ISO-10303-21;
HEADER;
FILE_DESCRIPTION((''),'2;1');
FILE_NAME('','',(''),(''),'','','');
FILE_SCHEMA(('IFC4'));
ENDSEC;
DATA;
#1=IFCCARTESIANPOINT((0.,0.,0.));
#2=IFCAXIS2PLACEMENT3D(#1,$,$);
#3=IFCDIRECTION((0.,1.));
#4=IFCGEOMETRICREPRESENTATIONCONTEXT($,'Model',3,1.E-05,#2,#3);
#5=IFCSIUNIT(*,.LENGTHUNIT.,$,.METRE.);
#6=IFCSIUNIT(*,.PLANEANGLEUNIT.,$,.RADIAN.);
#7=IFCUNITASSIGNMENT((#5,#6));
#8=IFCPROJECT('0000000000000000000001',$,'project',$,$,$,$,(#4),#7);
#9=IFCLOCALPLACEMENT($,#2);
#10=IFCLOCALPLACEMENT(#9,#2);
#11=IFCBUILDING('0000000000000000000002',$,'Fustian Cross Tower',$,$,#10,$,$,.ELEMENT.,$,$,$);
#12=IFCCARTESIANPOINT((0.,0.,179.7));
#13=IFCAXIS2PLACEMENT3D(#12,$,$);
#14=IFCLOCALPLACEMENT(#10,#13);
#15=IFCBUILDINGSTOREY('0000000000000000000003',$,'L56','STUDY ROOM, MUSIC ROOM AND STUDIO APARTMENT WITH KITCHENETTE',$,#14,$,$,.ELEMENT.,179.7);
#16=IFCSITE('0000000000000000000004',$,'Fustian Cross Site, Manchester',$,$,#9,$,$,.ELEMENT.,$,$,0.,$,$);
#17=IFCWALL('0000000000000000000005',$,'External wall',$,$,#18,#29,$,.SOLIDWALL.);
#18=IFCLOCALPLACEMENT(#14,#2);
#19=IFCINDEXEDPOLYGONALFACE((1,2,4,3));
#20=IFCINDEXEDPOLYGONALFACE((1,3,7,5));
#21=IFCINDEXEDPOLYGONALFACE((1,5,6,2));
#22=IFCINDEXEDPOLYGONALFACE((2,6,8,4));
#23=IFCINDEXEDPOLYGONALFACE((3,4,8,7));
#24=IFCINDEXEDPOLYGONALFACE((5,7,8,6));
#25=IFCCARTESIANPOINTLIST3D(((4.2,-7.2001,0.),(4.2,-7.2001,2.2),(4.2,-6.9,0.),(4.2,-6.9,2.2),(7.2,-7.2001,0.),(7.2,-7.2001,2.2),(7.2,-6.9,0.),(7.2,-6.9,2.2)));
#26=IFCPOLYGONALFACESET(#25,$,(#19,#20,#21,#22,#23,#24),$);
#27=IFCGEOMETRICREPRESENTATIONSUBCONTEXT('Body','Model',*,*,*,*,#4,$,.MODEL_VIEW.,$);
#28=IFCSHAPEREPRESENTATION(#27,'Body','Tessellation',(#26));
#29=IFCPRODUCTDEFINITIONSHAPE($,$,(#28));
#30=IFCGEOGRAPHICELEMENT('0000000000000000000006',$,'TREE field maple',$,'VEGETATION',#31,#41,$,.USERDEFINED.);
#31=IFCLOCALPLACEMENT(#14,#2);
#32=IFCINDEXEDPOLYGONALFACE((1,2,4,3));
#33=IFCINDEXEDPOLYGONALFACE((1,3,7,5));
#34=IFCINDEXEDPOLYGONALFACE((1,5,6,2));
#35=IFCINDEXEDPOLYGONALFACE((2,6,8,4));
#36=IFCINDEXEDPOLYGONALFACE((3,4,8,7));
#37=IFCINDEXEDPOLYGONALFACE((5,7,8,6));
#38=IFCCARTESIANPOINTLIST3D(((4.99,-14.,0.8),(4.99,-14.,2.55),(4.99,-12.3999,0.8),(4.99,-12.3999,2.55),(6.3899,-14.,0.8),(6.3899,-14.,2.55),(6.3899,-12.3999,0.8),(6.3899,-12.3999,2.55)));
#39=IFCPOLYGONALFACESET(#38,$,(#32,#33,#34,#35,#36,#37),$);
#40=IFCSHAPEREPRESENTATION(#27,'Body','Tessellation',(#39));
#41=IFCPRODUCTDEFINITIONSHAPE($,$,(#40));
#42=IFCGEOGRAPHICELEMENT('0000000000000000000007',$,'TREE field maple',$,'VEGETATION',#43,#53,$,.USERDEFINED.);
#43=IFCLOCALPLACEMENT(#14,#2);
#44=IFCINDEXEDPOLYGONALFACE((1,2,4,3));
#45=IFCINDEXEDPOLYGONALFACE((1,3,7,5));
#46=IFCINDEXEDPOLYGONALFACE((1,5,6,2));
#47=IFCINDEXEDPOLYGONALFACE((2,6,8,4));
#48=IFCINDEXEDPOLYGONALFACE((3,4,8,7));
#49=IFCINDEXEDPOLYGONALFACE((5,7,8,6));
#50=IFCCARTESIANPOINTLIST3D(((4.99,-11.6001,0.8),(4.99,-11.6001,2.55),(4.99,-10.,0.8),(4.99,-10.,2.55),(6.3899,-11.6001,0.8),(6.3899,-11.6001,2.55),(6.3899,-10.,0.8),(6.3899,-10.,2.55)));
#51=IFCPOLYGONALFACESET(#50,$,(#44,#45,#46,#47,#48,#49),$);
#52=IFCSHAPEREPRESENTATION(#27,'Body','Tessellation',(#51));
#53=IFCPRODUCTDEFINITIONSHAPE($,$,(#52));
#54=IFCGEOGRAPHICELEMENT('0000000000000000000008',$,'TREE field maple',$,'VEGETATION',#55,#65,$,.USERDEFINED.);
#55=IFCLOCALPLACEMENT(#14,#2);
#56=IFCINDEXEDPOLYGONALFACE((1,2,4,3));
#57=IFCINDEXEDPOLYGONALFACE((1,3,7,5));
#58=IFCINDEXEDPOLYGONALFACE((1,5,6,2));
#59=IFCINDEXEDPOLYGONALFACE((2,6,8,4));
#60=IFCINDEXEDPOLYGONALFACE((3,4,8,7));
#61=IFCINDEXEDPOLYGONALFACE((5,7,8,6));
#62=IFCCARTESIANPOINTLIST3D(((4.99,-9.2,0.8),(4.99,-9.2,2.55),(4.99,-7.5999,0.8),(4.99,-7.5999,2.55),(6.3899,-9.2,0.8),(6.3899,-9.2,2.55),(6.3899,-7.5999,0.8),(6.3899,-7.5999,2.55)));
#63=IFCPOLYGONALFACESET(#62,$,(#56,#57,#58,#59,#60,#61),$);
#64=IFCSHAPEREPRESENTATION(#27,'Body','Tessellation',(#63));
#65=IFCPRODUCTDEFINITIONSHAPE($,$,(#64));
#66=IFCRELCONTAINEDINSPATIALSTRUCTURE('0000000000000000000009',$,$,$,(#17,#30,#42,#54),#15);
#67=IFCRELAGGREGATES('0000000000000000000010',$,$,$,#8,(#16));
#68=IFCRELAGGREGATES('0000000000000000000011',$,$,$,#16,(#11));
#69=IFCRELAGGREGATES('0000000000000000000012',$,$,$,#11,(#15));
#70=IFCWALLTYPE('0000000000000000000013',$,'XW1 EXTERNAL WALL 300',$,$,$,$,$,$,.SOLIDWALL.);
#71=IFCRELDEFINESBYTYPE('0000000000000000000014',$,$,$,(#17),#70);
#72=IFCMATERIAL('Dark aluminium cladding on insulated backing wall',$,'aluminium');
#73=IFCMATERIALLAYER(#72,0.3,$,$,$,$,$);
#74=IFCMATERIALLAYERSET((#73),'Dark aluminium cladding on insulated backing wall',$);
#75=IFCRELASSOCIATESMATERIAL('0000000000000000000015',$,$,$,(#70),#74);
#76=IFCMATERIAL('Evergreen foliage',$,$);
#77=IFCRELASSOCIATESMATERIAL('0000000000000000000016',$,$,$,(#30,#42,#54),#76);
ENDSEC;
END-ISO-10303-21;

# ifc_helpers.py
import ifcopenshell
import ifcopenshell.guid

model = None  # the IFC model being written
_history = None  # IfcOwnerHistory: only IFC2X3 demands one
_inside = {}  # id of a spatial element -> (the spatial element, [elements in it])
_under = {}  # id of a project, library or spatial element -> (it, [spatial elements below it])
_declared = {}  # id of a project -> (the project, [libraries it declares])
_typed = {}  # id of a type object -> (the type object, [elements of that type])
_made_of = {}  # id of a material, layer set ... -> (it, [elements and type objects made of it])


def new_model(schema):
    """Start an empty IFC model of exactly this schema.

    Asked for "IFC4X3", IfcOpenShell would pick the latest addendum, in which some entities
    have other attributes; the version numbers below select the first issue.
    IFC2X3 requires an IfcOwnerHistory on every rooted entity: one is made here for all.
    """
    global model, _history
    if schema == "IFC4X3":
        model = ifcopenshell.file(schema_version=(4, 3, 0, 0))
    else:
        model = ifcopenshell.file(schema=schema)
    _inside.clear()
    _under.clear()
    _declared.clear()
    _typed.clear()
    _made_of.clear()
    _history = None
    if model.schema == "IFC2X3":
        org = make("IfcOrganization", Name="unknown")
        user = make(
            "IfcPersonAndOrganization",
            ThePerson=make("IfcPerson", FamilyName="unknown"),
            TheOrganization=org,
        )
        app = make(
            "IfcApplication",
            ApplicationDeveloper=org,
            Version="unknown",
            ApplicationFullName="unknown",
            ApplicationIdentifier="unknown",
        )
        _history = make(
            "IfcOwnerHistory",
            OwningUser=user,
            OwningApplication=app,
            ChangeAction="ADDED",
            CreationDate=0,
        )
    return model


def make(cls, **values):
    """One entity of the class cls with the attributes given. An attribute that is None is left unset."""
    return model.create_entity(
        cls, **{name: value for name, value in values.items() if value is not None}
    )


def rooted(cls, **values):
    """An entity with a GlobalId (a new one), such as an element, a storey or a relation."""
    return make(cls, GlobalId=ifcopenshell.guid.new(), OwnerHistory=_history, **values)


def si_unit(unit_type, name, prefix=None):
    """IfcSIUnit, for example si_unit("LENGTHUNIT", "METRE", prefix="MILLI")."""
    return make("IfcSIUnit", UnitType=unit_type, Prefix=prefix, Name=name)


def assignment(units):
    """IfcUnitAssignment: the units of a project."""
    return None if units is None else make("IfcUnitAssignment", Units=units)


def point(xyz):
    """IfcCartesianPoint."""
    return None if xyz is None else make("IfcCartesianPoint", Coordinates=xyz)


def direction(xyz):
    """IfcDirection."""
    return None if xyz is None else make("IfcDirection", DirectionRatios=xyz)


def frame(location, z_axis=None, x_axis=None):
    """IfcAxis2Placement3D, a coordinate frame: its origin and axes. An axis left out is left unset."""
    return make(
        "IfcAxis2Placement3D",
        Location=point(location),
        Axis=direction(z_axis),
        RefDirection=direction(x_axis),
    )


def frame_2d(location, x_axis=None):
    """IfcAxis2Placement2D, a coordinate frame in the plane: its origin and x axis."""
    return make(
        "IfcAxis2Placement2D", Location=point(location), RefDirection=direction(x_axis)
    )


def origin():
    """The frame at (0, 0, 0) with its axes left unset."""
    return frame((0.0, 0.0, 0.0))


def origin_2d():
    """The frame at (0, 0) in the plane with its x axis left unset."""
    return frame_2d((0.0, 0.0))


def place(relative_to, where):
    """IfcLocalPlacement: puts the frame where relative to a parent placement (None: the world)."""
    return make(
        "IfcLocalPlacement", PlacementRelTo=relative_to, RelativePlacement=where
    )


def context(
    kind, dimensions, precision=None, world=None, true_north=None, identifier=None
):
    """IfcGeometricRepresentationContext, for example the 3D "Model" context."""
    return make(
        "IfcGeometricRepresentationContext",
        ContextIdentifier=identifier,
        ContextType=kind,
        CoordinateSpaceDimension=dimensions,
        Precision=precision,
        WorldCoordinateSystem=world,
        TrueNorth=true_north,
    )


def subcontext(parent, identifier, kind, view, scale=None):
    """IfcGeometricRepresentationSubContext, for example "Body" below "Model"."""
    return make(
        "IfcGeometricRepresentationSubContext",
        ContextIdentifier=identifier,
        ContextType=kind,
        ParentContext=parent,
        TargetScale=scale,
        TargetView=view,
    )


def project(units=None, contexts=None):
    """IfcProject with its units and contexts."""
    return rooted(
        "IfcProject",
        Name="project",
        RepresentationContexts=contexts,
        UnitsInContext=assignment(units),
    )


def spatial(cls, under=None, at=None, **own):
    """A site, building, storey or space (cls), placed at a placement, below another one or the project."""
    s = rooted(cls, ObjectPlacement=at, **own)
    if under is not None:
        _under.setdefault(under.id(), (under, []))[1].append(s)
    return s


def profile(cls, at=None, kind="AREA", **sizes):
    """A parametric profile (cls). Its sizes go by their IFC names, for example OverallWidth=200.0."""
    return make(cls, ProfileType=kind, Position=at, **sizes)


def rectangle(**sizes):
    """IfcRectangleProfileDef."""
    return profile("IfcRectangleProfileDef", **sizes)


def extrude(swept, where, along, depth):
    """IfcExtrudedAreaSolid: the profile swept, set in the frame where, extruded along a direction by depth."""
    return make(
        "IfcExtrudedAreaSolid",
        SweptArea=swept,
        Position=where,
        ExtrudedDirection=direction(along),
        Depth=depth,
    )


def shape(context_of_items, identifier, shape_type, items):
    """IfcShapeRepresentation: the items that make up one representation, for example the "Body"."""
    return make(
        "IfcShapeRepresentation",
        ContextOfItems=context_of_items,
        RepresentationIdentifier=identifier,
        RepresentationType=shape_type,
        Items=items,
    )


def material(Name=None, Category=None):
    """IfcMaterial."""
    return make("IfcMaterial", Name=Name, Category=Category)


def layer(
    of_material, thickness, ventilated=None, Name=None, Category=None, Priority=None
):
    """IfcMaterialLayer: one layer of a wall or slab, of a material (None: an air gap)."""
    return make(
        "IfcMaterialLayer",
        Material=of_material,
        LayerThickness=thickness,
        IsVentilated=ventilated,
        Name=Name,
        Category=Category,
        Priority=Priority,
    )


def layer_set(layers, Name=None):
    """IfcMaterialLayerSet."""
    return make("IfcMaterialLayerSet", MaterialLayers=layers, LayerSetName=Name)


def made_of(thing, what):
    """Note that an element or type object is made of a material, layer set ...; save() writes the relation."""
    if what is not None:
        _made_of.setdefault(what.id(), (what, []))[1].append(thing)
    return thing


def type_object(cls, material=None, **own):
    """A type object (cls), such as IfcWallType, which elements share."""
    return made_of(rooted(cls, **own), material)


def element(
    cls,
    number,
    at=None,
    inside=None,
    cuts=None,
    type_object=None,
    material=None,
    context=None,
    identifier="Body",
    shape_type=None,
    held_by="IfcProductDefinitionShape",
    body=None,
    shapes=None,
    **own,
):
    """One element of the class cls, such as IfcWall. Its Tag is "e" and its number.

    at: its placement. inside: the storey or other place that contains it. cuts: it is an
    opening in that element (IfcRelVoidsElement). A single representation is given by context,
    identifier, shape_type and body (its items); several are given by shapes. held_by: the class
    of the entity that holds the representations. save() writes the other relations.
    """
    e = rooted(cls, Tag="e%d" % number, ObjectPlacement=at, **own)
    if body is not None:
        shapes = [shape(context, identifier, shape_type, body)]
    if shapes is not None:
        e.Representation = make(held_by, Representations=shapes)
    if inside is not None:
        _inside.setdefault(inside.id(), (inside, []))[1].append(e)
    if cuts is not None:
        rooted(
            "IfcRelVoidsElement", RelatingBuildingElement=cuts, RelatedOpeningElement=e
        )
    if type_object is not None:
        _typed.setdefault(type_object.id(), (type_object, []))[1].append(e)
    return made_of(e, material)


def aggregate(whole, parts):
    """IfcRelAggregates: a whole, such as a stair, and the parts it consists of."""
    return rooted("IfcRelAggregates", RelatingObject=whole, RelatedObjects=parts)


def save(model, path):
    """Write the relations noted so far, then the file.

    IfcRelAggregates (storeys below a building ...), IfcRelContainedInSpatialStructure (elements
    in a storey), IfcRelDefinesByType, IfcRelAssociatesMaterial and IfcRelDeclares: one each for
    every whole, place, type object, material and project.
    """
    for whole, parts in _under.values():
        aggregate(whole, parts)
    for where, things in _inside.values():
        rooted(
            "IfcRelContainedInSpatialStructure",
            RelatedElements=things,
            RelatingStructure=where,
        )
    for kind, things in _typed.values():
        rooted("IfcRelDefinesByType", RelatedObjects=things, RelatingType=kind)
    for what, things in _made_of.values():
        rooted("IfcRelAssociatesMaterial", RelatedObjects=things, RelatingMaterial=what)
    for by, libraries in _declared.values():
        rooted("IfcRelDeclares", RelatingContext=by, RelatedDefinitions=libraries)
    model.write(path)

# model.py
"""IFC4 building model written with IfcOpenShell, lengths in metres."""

from ifc_helpers import new_model, si_unit, direction, frame, frame_2d, origin, origin_2d, place, context, subcontext, project, spatial, rectangle, extrude, material, layer, layer_set, type_object, element, save


model = new_model("IFC4")

# Units and contexts
model_context = context("Model", 3, precision=1e-05, world=origin(), true_north=direction((0.0, 1.0)))
body_context = subcontext(model_context, "Body", "Model", "MODEL_VIEW")
ifc_project = project(units=[si_unit("LENGTHUNIT", "METRE"), si_unit("PLANEANGLEUNIT", "RADIAN")], contexts=[model_context])

# Site, building, storey
site_placement = place(None, origin())
site = spatial("IfcSite", under=ifc_project, at=site_placement, Name="Fustian Cross Site, Manchester", CompositionType="ELEMENT", RefElevation=0.0)
building_placement = place(site_placement, origin())
building = spatial("IfcBuilding", under=site, at=building_placement, Name="Fustian Cross Tower", CompositionType="ELEMENT")
storey_placement = place(building_placement, frame((0.0, 0.0, 179.7)))
storey = spatial("IfcBuildingStorey", under=building, at=storey_placement, Name="L56", Description="STUDY ROOM, MUSIC ROOM AND STUDIO APARTMENT WITH KITCHENETTE", CompositionType="ELEMENT", Elevation=179.7)

# Shared definitions
ifc_material_1 = material(Name="Dark aluminium cladding on insulated backing wall", Category="aluminium")
ifc_layer_1 = layer(ifc_material_1, 0.3)
ifc_layer_set_1 = layer_set([ifc_layer_1], Name="Dark aluminium cladding on insulated backing wall")
wall_type_1 = type_object("IfcWallType", Name="XW1 EXTERNAL WALL 300", PredefinedType="SOLIDWALL", material=ifc_layer_set_1)

# Wall
wall_1_placement = place(storey_placement, frame((4.2, -7.05, 0.0), z_axis=(0.0, 0.0, 1.0), x_axis=(1.0, 0.0, 0.0)))
element("IfcWall", 1, at=wall_1_placement, inside=storey, type_object=wall_type_1, Name="External wall", PredefinedType="SOLIDWALL", context=body_context, shape_type="SweptSolid", body=[
    extrude(rectangle(XDim=3.0, YDim=0.3, at=frame_2d((1.5, 0.0))), origin(), (0.0, 0.0, 1.0), 2.2),
])

# Geographic elements
ifc_material_2 = material(Name="Evergreen foliage")
for number, where, z_axis, x_axis, name in (
    (2, (5.6899, -13.2, 0.8), (0.0, 0.0, 1.0), (1.0, 0.0, 0.0), "TREE field maple"),
    (3, (5.6899, -10.8, 0.8), (0.0, 0.0, 1.0), (1.0, 0.0, 0.0), "TREE field maple"),
    (4, (5.6899, -8.3999, 0.8), (0.0, 0.0, 1.0), (1.0, 0.0, 0.0), "TREE field maple"),
):
    element("IfcGeographicElement", number, at=place(storey_placement, frame(where, z_axis=z_axis, x_axis=x_axis)), inside=storey, material=ifc_material_2, Name=name, ObjectType="VEGETATION", PredefinedType="USERDEFINED", context=body_context, shape_type="SweptSolid", body=[
        extrude(rectangle(XDim=1.3999, YDim=1.6001, at=origin_2d()), origin(), (0.0, 0.0, 1.0), 1.75),
    ])

save(model, "model.ifc")
